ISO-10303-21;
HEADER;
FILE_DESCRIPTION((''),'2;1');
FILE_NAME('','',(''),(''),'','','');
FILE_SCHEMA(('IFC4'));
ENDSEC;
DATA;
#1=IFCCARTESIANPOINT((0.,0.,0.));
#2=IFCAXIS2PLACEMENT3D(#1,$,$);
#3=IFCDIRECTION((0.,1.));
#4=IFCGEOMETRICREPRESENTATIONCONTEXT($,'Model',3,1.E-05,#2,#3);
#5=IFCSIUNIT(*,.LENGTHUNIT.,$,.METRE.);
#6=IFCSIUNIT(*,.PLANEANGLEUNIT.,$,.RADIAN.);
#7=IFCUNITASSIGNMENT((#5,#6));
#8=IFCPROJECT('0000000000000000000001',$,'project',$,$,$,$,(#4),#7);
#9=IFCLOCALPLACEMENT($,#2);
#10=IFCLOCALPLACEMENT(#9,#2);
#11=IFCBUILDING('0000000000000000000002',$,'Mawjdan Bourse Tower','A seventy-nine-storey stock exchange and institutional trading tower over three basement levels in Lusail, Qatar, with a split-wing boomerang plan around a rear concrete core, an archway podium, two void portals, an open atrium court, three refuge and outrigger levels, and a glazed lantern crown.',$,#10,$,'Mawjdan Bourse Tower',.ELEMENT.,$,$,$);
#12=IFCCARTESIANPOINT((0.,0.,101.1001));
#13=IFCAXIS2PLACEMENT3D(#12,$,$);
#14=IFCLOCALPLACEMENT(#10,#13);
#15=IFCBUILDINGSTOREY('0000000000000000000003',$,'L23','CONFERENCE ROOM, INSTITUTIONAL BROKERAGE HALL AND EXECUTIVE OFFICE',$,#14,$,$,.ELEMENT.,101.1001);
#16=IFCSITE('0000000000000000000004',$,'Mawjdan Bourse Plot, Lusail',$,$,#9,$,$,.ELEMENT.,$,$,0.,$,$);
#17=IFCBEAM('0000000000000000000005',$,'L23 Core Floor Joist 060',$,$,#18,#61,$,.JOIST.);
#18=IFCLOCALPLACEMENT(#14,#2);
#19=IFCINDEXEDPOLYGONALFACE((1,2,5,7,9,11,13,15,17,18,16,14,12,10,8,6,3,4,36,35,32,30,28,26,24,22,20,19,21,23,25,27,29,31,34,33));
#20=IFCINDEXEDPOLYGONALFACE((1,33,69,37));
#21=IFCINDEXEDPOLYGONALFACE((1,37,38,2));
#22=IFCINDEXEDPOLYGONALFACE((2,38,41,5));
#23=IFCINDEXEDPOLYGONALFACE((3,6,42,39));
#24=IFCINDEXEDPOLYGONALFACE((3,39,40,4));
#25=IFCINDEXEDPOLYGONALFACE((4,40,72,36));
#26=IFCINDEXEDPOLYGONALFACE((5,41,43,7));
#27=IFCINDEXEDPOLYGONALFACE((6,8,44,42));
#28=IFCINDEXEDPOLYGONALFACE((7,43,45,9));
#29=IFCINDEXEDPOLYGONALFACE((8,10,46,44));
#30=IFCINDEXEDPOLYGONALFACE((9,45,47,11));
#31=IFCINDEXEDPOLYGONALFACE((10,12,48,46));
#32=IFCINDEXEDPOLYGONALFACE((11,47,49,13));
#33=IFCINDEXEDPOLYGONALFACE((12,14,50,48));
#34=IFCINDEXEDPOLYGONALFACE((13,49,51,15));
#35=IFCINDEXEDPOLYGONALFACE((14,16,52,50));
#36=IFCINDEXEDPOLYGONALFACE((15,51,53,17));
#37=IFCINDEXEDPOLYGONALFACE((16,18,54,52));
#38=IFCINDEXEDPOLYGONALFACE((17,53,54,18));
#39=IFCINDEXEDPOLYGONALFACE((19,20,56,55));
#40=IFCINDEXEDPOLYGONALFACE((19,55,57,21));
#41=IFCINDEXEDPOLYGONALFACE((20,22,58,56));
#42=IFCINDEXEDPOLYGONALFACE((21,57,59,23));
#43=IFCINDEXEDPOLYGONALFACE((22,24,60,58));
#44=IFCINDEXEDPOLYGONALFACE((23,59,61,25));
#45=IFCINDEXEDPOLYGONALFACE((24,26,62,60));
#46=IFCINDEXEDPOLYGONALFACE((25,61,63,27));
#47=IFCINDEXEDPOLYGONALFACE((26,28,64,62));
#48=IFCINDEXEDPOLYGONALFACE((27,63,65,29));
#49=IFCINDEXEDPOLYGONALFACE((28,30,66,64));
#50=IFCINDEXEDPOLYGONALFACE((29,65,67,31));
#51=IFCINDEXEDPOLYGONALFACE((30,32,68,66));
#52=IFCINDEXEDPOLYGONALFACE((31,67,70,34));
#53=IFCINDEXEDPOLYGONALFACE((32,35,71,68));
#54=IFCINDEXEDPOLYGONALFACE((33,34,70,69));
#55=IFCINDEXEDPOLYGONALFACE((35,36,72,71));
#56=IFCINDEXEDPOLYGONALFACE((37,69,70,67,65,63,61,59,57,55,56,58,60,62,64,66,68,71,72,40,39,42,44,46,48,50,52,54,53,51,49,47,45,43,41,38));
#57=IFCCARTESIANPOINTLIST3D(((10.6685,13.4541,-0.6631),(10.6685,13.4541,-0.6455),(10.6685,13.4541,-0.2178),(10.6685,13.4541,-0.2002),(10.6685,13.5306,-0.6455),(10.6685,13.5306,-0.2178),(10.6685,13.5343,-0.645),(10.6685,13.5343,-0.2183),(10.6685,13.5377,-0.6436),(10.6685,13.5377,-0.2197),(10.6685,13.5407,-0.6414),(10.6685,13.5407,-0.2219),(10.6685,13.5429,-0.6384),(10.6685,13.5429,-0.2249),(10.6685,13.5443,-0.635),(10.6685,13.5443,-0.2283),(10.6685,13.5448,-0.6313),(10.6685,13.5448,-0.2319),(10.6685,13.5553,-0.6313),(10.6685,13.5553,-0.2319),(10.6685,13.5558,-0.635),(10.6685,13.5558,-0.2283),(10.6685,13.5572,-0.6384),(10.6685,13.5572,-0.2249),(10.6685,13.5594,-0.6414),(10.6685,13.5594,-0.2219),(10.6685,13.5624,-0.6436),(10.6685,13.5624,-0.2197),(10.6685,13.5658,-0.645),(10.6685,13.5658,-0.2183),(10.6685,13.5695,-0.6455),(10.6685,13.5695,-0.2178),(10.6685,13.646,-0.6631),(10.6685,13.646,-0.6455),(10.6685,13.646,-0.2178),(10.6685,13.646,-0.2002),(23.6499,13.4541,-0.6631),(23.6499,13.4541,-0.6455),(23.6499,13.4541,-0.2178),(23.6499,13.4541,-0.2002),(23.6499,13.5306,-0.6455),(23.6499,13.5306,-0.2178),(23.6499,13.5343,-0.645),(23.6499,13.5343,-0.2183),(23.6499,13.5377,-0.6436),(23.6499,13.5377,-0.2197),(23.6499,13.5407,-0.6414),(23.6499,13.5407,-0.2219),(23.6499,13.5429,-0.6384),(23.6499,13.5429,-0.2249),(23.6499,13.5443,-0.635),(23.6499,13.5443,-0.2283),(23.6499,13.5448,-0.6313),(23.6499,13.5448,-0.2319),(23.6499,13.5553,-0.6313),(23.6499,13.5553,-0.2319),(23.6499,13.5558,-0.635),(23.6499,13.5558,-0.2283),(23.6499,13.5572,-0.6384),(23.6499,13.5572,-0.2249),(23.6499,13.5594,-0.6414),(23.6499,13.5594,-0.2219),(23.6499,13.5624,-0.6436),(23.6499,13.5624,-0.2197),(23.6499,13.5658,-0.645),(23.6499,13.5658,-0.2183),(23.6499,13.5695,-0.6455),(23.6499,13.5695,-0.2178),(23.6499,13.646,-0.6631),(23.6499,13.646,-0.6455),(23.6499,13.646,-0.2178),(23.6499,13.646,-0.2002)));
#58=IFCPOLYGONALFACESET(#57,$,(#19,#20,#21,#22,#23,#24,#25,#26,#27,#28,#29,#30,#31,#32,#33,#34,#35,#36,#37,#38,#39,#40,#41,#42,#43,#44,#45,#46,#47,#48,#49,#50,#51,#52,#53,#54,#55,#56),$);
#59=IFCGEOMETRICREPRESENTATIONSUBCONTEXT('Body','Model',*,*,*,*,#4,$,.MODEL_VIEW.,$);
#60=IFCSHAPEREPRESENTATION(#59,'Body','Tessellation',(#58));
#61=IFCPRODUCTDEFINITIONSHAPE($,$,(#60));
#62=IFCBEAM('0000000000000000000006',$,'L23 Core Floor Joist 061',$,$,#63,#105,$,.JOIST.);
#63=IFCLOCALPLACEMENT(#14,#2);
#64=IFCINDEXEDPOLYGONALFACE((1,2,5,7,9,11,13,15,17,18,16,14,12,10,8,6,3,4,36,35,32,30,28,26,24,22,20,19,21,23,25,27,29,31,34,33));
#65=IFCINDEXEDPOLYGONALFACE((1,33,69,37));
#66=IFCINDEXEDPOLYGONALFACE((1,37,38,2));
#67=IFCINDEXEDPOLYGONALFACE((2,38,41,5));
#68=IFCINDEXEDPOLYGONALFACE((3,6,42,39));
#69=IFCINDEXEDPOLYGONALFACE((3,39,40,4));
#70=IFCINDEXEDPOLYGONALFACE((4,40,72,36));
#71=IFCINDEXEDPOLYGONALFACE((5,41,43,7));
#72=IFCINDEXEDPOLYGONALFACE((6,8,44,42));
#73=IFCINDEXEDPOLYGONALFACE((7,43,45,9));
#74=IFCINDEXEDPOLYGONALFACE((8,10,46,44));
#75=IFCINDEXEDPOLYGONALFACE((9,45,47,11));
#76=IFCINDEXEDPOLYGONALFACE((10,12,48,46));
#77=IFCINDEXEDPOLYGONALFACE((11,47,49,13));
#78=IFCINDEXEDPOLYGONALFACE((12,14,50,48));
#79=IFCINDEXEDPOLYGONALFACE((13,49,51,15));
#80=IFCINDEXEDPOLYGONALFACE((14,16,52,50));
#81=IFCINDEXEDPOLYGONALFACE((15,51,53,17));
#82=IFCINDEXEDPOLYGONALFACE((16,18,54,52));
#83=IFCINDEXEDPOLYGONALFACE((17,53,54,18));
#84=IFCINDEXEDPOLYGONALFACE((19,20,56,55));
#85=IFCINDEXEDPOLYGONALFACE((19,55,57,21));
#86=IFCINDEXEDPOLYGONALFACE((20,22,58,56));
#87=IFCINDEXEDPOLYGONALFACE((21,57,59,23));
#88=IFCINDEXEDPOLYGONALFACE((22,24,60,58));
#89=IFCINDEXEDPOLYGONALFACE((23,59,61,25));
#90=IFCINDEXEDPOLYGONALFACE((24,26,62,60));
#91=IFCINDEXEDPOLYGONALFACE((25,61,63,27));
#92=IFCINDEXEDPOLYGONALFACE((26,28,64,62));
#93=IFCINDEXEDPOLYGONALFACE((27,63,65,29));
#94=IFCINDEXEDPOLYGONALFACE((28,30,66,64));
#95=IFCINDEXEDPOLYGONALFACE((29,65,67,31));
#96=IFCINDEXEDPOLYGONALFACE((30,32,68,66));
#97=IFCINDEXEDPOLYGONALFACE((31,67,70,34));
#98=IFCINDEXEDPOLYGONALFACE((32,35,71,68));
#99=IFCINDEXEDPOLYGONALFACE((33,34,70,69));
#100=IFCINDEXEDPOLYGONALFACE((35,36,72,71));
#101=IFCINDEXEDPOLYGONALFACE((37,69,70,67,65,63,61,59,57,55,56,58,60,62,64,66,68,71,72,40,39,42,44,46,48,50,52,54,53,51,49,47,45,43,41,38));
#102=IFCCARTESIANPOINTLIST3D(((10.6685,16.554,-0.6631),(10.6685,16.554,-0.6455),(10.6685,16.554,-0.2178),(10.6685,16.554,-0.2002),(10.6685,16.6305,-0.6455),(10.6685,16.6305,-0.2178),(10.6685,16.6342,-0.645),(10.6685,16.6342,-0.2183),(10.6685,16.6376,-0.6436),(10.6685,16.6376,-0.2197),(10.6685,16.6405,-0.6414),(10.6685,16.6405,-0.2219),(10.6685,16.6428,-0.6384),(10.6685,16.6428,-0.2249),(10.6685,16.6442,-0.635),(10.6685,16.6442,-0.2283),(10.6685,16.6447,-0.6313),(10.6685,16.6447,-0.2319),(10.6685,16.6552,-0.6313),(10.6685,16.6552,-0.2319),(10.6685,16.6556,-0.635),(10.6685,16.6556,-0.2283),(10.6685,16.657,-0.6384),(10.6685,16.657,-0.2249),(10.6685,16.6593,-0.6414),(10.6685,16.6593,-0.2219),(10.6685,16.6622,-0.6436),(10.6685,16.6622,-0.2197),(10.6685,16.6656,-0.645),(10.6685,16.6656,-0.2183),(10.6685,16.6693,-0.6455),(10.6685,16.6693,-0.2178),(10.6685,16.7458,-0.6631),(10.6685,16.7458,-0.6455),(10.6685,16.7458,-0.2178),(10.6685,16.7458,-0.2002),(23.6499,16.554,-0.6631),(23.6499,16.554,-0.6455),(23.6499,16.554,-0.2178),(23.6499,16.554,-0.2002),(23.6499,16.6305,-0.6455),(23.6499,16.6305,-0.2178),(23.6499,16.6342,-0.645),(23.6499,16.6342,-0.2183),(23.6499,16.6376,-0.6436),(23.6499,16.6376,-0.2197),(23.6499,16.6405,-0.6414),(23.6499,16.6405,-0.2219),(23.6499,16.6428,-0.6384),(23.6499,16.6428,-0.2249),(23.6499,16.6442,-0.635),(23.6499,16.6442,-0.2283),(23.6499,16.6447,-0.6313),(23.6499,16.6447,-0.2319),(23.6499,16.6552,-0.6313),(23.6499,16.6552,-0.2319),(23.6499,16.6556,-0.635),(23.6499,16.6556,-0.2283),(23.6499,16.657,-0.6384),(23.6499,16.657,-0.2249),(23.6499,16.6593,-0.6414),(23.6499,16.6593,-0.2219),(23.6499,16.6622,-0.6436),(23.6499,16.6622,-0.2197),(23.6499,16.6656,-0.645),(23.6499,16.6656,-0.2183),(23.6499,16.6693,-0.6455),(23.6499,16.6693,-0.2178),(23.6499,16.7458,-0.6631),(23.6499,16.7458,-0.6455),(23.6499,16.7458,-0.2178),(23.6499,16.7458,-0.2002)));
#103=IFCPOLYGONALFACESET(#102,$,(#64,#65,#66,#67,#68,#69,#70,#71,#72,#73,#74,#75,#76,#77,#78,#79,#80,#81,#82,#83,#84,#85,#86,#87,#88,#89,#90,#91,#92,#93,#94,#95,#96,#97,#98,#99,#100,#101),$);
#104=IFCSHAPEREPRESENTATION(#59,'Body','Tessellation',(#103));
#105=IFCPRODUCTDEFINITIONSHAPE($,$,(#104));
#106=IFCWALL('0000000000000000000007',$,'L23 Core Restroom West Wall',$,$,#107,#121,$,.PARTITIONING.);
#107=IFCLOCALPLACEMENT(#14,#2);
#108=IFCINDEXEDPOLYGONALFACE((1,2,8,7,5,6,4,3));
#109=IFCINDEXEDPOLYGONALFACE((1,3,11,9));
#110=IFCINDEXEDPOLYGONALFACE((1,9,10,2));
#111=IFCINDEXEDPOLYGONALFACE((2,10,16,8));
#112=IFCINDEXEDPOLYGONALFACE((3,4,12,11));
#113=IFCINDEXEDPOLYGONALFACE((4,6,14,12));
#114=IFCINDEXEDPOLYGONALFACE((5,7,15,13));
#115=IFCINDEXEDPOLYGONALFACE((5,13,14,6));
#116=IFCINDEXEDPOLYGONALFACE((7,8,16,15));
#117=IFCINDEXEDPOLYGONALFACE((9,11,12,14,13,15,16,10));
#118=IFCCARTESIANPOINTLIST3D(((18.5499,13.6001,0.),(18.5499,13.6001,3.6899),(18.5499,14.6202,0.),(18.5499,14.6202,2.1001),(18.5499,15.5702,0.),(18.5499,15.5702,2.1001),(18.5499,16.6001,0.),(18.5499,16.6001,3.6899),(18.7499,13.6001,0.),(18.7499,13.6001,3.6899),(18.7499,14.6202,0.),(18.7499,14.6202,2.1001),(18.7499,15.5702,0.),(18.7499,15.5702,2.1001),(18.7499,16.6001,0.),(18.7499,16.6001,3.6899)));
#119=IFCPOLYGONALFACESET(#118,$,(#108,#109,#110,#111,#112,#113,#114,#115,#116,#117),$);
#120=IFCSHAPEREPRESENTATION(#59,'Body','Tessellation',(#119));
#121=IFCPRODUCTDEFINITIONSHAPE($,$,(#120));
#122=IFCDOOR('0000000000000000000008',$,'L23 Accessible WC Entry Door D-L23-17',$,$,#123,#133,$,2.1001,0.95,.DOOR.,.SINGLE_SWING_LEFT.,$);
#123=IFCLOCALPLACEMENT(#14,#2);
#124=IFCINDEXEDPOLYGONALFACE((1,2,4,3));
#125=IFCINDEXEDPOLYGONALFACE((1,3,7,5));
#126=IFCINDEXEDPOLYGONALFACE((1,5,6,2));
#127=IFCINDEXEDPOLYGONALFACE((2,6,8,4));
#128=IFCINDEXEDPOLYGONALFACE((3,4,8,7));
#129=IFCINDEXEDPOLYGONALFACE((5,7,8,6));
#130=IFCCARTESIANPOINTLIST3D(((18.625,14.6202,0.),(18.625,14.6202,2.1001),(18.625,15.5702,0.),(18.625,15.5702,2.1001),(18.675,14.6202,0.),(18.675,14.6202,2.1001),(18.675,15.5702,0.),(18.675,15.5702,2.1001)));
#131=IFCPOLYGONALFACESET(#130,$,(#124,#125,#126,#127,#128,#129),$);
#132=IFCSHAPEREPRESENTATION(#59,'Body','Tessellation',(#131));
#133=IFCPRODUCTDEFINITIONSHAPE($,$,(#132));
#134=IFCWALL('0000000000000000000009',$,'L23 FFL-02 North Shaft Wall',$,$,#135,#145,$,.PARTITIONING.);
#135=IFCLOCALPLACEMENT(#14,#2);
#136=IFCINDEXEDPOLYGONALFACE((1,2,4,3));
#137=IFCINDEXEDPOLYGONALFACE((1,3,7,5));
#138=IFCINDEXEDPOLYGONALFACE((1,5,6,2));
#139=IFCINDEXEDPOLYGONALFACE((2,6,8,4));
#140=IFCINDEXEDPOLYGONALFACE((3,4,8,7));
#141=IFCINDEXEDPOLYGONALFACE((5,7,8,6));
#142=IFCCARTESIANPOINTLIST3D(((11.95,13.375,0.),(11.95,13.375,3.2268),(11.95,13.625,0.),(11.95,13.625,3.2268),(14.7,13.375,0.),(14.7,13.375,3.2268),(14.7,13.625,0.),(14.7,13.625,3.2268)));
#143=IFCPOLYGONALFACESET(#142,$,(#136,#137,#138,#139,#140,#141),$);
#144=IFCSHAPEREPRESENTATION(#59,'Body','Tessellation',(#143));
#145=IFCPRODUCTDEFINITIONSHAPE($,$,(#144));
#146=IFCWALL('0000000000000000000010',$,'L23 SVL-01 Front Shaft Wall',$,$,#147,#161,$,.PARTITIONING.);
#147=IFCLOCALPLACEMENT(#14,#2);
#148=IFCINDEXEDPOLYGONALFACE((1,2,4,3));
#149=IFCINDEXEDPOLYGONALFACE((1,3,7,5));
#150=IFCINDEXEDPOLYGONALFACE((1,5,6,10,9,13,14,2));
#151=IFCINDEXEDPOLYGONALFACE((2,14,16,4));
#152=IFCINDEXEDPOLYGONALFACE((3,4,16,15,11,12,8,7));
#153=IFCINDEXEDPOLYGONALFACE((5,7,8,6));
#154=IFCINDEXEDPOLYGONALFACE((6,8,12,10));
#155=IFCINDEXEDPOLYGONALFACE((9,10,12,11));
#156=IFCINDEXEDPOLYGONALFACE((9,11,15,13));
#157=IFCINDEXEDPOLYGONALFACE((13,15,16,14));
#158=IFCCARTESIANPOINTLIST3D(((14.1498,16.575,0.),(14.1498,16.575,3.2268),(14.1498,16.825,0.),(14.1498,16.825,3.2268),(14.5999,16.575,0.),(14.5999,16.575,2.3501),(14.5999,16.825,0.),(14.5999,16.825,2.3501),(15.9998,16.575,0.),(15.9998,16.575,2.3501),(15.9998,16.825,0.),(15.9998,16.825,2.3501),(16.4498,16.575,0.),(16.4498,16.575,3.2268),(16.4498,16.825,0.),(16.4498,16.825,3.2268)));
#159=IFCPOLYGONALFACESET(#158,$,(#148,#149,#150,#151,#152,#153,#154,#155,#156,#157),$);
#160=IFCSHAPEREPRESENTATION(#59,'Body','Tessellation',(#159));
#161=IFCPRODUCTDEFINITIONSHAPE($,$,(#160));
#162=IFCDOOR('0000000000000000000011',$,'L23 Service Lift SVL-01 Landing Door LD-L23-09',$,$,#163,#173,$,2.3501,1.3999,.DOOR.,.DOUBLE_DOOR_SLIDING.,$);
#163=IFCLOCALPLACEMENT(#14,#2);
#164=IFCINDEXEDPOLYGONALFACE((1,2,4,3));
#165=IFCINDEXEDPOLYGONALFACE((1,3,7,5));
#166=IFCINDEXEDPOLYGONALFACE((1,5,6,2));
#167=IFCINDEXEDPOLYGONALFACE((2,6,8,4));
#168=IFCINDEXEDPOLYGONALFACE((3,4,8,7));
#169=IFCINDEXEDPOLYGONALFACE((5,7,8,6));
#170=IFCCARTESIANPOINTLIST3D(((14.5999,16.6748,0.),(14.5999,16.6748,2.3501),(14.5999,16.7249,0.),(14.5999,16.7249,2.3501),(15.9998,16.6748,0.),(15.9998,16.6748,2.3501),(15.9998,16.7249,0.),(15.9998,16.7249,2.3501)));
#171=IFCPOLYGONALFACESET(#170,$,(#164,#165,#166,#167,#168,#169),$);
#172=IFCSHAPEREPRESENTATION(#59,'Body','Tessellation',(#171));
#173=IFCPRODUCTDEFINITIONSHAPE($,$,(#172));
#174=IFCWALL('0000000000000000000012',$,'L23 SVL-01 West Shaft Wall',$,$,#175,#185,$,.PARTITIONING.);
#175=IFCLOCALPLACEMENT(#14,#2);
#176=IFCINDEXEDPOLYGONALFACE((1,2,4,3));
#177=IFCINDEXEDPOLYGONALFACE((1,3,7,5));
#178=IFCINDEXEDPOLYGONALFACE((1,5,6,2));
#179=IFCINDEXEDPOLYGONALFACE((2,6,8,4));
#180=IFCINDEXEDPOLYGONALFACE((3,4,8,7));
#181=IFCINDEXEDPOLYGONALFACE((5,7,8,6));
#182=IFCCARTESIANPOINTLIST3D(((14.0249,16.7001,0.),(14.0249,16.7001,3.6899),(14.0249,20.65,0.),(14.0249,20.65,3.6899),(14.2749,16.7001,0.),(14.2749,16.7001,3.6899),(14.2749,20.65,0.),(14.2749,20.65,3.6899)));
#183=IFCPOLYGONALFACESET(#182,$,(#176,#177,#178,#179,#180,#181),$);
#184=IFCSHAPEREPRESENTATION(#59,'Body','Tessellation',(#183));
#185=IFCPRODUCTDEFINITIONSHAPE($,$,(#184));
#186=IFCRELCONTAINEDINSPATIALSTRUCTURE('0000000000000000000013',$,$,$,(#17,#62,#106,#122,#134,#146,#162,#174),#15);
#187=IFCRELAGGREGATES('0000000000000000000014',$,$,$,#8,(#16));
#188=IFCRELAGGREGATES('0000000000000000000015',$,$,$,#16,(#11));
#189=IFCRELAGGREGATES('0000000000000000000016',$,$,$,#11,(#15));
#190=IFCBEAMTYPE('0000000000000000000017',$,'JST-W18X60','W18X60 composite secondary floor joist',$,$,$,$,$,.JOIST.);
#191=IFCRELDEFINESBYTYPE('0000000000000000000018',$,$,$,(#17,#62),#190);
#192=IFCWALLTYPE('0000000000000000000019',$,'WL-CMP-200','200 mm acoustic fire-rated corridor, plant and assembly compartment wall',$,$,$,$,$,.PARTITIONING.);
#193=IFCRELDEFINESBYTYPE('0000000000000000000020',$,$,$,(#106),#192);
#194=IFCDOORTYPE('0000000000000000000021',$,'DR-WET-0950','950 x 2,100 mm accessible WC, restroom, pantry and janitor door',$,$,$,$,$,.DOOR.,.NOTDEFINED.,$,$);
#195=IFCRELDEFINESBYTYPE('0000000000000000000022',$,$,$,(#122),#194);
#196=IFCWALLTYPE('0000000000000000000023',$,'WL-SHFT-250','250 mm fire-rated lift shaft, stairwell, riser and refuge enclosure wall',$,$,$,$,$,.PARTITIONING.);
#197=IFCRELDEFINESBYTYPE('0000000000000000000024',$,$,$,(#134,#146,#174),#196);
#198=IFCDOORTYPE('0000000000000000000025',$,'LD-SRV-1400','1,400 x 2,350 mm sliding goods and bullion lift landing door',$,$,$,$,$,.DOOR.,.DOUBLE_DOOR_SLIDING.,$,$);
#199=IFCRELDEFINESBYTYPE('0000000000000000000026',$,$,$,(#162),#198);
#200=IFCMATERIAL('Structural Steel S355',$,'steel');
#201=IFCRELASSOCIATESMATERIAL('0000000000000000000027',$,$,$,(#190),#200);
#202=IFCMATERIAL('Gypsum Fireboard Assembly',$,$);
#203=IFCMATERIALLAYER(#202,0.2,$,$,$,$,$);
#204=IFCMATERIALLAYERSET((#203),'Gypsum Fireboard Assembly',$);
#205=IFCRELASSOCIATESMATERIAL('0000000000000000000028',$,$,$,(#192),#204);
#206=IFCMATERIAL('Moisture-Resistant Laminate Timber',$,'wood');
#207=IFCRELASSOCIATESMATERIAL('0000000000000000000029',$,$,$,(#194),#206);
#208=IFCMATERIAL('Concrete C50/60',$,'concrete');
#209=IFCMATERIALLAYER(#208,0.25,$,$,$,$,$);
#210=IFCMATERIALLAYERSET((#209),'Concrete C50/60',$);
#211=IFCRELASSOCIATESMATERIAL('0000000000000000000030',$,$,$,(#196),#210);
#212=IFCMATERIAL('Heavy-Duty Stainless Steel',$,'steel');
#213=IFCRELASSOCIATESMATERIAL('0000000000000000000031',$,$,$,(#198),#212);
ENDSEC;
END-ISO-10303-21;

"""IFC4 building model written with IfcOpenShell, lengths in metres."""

from ifc_helpers import new_model, si_unit, direction, frame, frame_2d, origin, origin_2d, place, context, subcontext, project, spatial, rectangle, i_section, extrude, material, layer, layer_set, material_profile, profile_set, type_object, element, fill, save


model = new_model("IFC4")

# Units and contexts
model_context = context("Model", 3, precision=1e-05, world=origin(), true_north=direction((0.0, 1.0)))
body_context = subcontext(model_context, "Body", "Model", "MODEL_VIEW")
ifc_project = project(units=[si_unit("LENGTHUNIT", "METRE"), si_unit("PLANEANGLEUNIT", "RADIAN")], contexts=[model_context])

# Site, building, storey
site_placement = place(None, origin())
site = spatial("IfcSite", under=ifc_project, at=site_placement, Name="Mawjdan Bourse Plot, Lusail", CompositionType="ELEMENT", RefElevation=0.0)
building_placement = place(site_placement, origin())
building = spatial("IfcBuilding", under=site, at=building_placement, Name="Mawjdan Bourse Tower", Description="A seventy-nine-storey stock exchange and institutional trading tower over three basement levels in Lusail, Qatar, with a split-wing boomerang plan around a rear concrete core, an archway podium, two void portals, an open atrium court, three refuge and outrigger levels, and a glazed lantern crown.", LongName="Mawjdan Bourse Tower", CompositionType="ELEMENT")
storey_placement = place(building_placement, frame((0.0, 0.0, 101.1001)))
storey = spatial("IfcBuildingStorey", under=building, at=storey_placement, Name="L23", Description="CONFERENCE ROOM, INSTITUTIONAL BROKERAGE HALL AND EXECUTIVE OFFICE", CompositionType="ELEMENT", Elevation=101.1001)

# Beams
ifc_material_1 = material(Name="Structural Steel S355", Category="steel")
ifc_material_profile = material_profile(ifc_material_1, i_section(OverallWidth=0.1919, OverallDepth=0.4629, WebThickness=0.0105, FlangeThickness=0.0176, FilletRadius=0.0142, at=origin_2d()), Name="W18X60")
ifc_profile_set = profile_set([ifc_material_profile], Name="Structural Steel S355")
beam_type = type_object("IfcBeamType", Name="JST-W18X60", Description="W18X60 composite secondary floor joist", PredefinedType="JOIST", material=ifc_profile_set)
for number, where, z_axis, x_axis, name in (
    (1, (10.6685, 13.55, -0.4316), (1.0, 0.0, 0.0), (0.0, 1.0, 0.0), "L23 Core Floor Joist 060"),
    (2, (10.6685, 16.6499, -0.4316), (1.0, 0.0, 0.0), (0.0, 1.0, 0.0), "L23 Core Floor Joist 061"),
):
    element("IfcBeam", number, at=place(storey_placement, frame(where, z_axis=z_axis, x_axis=x_axis)), inside=storey, type_object=beam_type, Name=name, PredefinedType="JOIST", context=body_context, shape_type="SweptSolid", body=[
        extrude(i_section(OverallWidth=0.1919, OverallDepth=0.4629, WebThickness=0.0105, FlangeThickness=0.0176, FilletRadius=0.0142, at=origin_2d()), origin(), (0.0, 0.0, 1.0), 12.9814),
    ])

# Wall, opening, door
ifc_material_2 = material(Name="Gypsum Fireboard Assembly")
ifc_layer_1 = layer(ifc_material_2, 0.2)
ifc_layer_set_1 = layer_set([ifc_layer_1], Name="Gypsum Fireboard Assembly")
wall_type_1 = type_object("IfcWallType", Name="WL-CMP-200", Description="200 mm acoustic fire-rated corridor, plant and assembly compartment wall", PredefinedType="PARTITIONING", material=ifc_layer_set_1)
wall_1_placement = place(storey_placement, frame((18.6499, 13.6001, 0.0), z_axis=(0.0, 0.0, 1.0), x_axis=(0.0, 1.0, 0.0)))
wall_1 = element("IfcWall", 3, at=wall_1_placement, inside=storey, type_object=wall_type_1, Name="L23 Core Restroom West Wall", PredefinedType="PARTITIONING", context=body_context, shape_type="SweptSolid", body=[
    extrude(rectangle(XDim=3.0, YDim=0.2, at=frame_2d((1.5, 0.0))), origin(), (0.0, 0.0, 1.0), 3.6899),
])
opening_1_placement = place(wall_1_placement, frame((1.02, 0.0, 0.0)))
opening_1 = element("IfcOpeningElement", 4, at=opening_1_placement, cuts=wall_1, PredefinedType="OPENING", context=body_context, shape_type="SweptSolid", body=[
    extrude(rectangle(XDim=0.95, YDim=2.1001, at=frame_2d((0.4751, 1.05))), frame((0.0, 0.1099, 0.0), z_axis=(0.0, -1.0, 0.0), x_axis=(1.0, 0.0, 0.0)), (0.0, 0.0, 1.0), 0.22),
])
ifc_material_3 = material(Name="Moisture-Resistant Laminate Timber", Category="wood")
door_type_1 = type_object("IfcDoorType", Name="DR-WET-0950", Description="950 x 2,100 mm accessible WC, restroom, pantry and janitor door", OperationType="NOTDEFINED", PredefinedType="DOOR", material=ifc_material_3)
door_1_placement = place(opening_1_placement, origin())
door_1 = element("IfcDoor", 5, at=door_1_placement, inside=storey, type_object=door_type_1, Name="L23 Accessible WC Entry Door D-L23-17", OperationType="SINGLE_SWING_LEFT", OverallHeight=2.1001, OverallWidth=0.95, PredefinedType="DOOR", context=body_context, shape_type="SweptSolid", body=[
    extrude(rectangle(XDim=0.95, YDim=2.1001, at=frame_2d((0.4751, 1.05))), frame((0.0, 0.0249, 0.0), z_axis=(0.0, -1.0, 0.0), x_axis=(1.0, 0.0, 0.0)), (0.0, 0.0, 1.0), 0.05),
])
fill(opening_1, door_1)

# Wall
ifc_material_4 = material(Name="Concrete C50/60", Category="concrete")
ifc_layer_2 = layer(ifc_material_4, 0.25)
ifc_layer_set_2 = layer_set([ifc_layer_2], Name="Concrete C50/60")
wall_type_2 = type_object("IfcWallType", Name="WL-SHFT-250", Description="250 mm fire-rated lift shaft, stairwell, riser and refuge enclosure wall", PredefinedType="PARTITIONING", material=ifc_layer_set_2)
wall_2_placement = place(storey_placement, frame((11.95, 13.5, 0.0), z_axis=(0.0, 0.0, 1.0), x_axis=(1.0, 0.0, 0.0)))
element("IfcWall", 6, at=wall_2_placement, inside=storey, type_object=wall_type_2, Name="L23 FFL-02 North Shaft Wall", PredefinedType="PARTITIONING", context=body_context, shape_type="SweptSolid", body=[
    extrude(rectangle(XDim=2.75, YDim=0.25, at=frame_2d((1.375, 0.0))), origin(), (0.0, 0.0, 1.0), 3.2268),
])

# Wall, opening, door
wall_3_placement = place(storey_placement, frame((14.1499, 16.7, 0.0), z_axis=(0.0, 0.0, 1.0), x_axis=(1.0, 0.0, 0.0)))
wall_3 = element("IfcWall", 7, at=wall_3_placement, inside=storey, type_object=wall_type_2, Name="L23 SVL-01 Front Shaft Wall", PredefinedType="PARTITIONING", context=body_context, shape_type="SweptSolid", body=[
    extrude(rectangle(XDim=2.3, YDim=0.25, at=frame_2d((1.1499, 0.0))), origin(), (0.0, 0.0, 1.0), 3.2268),
])
opening_2_placement = place(wall_3_placement, frame((0.45, 0.0, 0.0)))
opening_2 = element("IfcOpeningElement", 8, at=opening_2_placement, cuts=wall_3, PredefinedType="OPENING", context=body_context, shape_type="SweptSolid", body=[
    extrude(rectangle(XDim=1.3999, YDim=2.3501, at=frame_2d((0.7, 1.175))), frame((0.0, 0.135, 0.0), z_axis=(0.0, -1.0, 0.0), x_axis=(1.0, 0.0, 0.0)), (0.0, 0.0, 1.0), 0.27),
])
ifc_material_5 = material(Name="Heavy-Duty Stainless Steel", Category="steel")
door_type_2 = type_object("IfcDoorType", Name="LD-SRV-1400", Description="1,400 x 2,350 mm sliding goods and bullion lift landing door", OperationType="DOUBLE_DOOR_SLIDING", PredefinedType="DOOR", material=ifc_material_5)
door_2_placement = place(opening_2_placement, origin())
door_2 = element("IfcDoor", 9, at=door_2_placement, inside=storey, type_object=door_type_2, Name="L23 Service Lift SVL-01 Landing Door LD-L23-09", OperationType="DOUBLE_DOOR_SLIDING", OverallHeight=2.3501, OverallWidth=1.3999, PredefinedType="DOOR", context=body_context, shape_type="SweptSolid", body=[
    extrude(rectangle(XDim=1.3999, YDim=2.3501, at=frame_2d((0.7, 1.175))), frame((0.0, 0.0249, 0.0), z_axis=(0.0, -1.0, 0.0), x_axis=(1.0, 0.0, 0.0)), (0.0, 0.0, 1.0), 0.05),
])
fill(opening_2, door_2)

# Wall
for number, where, z_axis, x_axis, name in (
    (10, (14.1499, 16.7, 0.0), (0.0, 0.0, 1.0), (0.0, 1.0, 0.0), "L23 SVL-01 West Shaft Wall"),
):
    element("IfcWall", number, at=place(storey_placement, frame(where, z_axis=z_axis, x_axis=x_axis)), inside=storey, type_object=wall_type_2, Name=name, PredefinedType="PARTITIONING", context=body_context, shape_type="SweptSolid", body=[
        extrude(rectangle(XDim=3.95, YDim=0.25, at=frame_2d((1.9751, 0.0))), origin(), (0.0, 0.0, 1.0), 3.6899),
    ])

save(model, "model.ifc")
